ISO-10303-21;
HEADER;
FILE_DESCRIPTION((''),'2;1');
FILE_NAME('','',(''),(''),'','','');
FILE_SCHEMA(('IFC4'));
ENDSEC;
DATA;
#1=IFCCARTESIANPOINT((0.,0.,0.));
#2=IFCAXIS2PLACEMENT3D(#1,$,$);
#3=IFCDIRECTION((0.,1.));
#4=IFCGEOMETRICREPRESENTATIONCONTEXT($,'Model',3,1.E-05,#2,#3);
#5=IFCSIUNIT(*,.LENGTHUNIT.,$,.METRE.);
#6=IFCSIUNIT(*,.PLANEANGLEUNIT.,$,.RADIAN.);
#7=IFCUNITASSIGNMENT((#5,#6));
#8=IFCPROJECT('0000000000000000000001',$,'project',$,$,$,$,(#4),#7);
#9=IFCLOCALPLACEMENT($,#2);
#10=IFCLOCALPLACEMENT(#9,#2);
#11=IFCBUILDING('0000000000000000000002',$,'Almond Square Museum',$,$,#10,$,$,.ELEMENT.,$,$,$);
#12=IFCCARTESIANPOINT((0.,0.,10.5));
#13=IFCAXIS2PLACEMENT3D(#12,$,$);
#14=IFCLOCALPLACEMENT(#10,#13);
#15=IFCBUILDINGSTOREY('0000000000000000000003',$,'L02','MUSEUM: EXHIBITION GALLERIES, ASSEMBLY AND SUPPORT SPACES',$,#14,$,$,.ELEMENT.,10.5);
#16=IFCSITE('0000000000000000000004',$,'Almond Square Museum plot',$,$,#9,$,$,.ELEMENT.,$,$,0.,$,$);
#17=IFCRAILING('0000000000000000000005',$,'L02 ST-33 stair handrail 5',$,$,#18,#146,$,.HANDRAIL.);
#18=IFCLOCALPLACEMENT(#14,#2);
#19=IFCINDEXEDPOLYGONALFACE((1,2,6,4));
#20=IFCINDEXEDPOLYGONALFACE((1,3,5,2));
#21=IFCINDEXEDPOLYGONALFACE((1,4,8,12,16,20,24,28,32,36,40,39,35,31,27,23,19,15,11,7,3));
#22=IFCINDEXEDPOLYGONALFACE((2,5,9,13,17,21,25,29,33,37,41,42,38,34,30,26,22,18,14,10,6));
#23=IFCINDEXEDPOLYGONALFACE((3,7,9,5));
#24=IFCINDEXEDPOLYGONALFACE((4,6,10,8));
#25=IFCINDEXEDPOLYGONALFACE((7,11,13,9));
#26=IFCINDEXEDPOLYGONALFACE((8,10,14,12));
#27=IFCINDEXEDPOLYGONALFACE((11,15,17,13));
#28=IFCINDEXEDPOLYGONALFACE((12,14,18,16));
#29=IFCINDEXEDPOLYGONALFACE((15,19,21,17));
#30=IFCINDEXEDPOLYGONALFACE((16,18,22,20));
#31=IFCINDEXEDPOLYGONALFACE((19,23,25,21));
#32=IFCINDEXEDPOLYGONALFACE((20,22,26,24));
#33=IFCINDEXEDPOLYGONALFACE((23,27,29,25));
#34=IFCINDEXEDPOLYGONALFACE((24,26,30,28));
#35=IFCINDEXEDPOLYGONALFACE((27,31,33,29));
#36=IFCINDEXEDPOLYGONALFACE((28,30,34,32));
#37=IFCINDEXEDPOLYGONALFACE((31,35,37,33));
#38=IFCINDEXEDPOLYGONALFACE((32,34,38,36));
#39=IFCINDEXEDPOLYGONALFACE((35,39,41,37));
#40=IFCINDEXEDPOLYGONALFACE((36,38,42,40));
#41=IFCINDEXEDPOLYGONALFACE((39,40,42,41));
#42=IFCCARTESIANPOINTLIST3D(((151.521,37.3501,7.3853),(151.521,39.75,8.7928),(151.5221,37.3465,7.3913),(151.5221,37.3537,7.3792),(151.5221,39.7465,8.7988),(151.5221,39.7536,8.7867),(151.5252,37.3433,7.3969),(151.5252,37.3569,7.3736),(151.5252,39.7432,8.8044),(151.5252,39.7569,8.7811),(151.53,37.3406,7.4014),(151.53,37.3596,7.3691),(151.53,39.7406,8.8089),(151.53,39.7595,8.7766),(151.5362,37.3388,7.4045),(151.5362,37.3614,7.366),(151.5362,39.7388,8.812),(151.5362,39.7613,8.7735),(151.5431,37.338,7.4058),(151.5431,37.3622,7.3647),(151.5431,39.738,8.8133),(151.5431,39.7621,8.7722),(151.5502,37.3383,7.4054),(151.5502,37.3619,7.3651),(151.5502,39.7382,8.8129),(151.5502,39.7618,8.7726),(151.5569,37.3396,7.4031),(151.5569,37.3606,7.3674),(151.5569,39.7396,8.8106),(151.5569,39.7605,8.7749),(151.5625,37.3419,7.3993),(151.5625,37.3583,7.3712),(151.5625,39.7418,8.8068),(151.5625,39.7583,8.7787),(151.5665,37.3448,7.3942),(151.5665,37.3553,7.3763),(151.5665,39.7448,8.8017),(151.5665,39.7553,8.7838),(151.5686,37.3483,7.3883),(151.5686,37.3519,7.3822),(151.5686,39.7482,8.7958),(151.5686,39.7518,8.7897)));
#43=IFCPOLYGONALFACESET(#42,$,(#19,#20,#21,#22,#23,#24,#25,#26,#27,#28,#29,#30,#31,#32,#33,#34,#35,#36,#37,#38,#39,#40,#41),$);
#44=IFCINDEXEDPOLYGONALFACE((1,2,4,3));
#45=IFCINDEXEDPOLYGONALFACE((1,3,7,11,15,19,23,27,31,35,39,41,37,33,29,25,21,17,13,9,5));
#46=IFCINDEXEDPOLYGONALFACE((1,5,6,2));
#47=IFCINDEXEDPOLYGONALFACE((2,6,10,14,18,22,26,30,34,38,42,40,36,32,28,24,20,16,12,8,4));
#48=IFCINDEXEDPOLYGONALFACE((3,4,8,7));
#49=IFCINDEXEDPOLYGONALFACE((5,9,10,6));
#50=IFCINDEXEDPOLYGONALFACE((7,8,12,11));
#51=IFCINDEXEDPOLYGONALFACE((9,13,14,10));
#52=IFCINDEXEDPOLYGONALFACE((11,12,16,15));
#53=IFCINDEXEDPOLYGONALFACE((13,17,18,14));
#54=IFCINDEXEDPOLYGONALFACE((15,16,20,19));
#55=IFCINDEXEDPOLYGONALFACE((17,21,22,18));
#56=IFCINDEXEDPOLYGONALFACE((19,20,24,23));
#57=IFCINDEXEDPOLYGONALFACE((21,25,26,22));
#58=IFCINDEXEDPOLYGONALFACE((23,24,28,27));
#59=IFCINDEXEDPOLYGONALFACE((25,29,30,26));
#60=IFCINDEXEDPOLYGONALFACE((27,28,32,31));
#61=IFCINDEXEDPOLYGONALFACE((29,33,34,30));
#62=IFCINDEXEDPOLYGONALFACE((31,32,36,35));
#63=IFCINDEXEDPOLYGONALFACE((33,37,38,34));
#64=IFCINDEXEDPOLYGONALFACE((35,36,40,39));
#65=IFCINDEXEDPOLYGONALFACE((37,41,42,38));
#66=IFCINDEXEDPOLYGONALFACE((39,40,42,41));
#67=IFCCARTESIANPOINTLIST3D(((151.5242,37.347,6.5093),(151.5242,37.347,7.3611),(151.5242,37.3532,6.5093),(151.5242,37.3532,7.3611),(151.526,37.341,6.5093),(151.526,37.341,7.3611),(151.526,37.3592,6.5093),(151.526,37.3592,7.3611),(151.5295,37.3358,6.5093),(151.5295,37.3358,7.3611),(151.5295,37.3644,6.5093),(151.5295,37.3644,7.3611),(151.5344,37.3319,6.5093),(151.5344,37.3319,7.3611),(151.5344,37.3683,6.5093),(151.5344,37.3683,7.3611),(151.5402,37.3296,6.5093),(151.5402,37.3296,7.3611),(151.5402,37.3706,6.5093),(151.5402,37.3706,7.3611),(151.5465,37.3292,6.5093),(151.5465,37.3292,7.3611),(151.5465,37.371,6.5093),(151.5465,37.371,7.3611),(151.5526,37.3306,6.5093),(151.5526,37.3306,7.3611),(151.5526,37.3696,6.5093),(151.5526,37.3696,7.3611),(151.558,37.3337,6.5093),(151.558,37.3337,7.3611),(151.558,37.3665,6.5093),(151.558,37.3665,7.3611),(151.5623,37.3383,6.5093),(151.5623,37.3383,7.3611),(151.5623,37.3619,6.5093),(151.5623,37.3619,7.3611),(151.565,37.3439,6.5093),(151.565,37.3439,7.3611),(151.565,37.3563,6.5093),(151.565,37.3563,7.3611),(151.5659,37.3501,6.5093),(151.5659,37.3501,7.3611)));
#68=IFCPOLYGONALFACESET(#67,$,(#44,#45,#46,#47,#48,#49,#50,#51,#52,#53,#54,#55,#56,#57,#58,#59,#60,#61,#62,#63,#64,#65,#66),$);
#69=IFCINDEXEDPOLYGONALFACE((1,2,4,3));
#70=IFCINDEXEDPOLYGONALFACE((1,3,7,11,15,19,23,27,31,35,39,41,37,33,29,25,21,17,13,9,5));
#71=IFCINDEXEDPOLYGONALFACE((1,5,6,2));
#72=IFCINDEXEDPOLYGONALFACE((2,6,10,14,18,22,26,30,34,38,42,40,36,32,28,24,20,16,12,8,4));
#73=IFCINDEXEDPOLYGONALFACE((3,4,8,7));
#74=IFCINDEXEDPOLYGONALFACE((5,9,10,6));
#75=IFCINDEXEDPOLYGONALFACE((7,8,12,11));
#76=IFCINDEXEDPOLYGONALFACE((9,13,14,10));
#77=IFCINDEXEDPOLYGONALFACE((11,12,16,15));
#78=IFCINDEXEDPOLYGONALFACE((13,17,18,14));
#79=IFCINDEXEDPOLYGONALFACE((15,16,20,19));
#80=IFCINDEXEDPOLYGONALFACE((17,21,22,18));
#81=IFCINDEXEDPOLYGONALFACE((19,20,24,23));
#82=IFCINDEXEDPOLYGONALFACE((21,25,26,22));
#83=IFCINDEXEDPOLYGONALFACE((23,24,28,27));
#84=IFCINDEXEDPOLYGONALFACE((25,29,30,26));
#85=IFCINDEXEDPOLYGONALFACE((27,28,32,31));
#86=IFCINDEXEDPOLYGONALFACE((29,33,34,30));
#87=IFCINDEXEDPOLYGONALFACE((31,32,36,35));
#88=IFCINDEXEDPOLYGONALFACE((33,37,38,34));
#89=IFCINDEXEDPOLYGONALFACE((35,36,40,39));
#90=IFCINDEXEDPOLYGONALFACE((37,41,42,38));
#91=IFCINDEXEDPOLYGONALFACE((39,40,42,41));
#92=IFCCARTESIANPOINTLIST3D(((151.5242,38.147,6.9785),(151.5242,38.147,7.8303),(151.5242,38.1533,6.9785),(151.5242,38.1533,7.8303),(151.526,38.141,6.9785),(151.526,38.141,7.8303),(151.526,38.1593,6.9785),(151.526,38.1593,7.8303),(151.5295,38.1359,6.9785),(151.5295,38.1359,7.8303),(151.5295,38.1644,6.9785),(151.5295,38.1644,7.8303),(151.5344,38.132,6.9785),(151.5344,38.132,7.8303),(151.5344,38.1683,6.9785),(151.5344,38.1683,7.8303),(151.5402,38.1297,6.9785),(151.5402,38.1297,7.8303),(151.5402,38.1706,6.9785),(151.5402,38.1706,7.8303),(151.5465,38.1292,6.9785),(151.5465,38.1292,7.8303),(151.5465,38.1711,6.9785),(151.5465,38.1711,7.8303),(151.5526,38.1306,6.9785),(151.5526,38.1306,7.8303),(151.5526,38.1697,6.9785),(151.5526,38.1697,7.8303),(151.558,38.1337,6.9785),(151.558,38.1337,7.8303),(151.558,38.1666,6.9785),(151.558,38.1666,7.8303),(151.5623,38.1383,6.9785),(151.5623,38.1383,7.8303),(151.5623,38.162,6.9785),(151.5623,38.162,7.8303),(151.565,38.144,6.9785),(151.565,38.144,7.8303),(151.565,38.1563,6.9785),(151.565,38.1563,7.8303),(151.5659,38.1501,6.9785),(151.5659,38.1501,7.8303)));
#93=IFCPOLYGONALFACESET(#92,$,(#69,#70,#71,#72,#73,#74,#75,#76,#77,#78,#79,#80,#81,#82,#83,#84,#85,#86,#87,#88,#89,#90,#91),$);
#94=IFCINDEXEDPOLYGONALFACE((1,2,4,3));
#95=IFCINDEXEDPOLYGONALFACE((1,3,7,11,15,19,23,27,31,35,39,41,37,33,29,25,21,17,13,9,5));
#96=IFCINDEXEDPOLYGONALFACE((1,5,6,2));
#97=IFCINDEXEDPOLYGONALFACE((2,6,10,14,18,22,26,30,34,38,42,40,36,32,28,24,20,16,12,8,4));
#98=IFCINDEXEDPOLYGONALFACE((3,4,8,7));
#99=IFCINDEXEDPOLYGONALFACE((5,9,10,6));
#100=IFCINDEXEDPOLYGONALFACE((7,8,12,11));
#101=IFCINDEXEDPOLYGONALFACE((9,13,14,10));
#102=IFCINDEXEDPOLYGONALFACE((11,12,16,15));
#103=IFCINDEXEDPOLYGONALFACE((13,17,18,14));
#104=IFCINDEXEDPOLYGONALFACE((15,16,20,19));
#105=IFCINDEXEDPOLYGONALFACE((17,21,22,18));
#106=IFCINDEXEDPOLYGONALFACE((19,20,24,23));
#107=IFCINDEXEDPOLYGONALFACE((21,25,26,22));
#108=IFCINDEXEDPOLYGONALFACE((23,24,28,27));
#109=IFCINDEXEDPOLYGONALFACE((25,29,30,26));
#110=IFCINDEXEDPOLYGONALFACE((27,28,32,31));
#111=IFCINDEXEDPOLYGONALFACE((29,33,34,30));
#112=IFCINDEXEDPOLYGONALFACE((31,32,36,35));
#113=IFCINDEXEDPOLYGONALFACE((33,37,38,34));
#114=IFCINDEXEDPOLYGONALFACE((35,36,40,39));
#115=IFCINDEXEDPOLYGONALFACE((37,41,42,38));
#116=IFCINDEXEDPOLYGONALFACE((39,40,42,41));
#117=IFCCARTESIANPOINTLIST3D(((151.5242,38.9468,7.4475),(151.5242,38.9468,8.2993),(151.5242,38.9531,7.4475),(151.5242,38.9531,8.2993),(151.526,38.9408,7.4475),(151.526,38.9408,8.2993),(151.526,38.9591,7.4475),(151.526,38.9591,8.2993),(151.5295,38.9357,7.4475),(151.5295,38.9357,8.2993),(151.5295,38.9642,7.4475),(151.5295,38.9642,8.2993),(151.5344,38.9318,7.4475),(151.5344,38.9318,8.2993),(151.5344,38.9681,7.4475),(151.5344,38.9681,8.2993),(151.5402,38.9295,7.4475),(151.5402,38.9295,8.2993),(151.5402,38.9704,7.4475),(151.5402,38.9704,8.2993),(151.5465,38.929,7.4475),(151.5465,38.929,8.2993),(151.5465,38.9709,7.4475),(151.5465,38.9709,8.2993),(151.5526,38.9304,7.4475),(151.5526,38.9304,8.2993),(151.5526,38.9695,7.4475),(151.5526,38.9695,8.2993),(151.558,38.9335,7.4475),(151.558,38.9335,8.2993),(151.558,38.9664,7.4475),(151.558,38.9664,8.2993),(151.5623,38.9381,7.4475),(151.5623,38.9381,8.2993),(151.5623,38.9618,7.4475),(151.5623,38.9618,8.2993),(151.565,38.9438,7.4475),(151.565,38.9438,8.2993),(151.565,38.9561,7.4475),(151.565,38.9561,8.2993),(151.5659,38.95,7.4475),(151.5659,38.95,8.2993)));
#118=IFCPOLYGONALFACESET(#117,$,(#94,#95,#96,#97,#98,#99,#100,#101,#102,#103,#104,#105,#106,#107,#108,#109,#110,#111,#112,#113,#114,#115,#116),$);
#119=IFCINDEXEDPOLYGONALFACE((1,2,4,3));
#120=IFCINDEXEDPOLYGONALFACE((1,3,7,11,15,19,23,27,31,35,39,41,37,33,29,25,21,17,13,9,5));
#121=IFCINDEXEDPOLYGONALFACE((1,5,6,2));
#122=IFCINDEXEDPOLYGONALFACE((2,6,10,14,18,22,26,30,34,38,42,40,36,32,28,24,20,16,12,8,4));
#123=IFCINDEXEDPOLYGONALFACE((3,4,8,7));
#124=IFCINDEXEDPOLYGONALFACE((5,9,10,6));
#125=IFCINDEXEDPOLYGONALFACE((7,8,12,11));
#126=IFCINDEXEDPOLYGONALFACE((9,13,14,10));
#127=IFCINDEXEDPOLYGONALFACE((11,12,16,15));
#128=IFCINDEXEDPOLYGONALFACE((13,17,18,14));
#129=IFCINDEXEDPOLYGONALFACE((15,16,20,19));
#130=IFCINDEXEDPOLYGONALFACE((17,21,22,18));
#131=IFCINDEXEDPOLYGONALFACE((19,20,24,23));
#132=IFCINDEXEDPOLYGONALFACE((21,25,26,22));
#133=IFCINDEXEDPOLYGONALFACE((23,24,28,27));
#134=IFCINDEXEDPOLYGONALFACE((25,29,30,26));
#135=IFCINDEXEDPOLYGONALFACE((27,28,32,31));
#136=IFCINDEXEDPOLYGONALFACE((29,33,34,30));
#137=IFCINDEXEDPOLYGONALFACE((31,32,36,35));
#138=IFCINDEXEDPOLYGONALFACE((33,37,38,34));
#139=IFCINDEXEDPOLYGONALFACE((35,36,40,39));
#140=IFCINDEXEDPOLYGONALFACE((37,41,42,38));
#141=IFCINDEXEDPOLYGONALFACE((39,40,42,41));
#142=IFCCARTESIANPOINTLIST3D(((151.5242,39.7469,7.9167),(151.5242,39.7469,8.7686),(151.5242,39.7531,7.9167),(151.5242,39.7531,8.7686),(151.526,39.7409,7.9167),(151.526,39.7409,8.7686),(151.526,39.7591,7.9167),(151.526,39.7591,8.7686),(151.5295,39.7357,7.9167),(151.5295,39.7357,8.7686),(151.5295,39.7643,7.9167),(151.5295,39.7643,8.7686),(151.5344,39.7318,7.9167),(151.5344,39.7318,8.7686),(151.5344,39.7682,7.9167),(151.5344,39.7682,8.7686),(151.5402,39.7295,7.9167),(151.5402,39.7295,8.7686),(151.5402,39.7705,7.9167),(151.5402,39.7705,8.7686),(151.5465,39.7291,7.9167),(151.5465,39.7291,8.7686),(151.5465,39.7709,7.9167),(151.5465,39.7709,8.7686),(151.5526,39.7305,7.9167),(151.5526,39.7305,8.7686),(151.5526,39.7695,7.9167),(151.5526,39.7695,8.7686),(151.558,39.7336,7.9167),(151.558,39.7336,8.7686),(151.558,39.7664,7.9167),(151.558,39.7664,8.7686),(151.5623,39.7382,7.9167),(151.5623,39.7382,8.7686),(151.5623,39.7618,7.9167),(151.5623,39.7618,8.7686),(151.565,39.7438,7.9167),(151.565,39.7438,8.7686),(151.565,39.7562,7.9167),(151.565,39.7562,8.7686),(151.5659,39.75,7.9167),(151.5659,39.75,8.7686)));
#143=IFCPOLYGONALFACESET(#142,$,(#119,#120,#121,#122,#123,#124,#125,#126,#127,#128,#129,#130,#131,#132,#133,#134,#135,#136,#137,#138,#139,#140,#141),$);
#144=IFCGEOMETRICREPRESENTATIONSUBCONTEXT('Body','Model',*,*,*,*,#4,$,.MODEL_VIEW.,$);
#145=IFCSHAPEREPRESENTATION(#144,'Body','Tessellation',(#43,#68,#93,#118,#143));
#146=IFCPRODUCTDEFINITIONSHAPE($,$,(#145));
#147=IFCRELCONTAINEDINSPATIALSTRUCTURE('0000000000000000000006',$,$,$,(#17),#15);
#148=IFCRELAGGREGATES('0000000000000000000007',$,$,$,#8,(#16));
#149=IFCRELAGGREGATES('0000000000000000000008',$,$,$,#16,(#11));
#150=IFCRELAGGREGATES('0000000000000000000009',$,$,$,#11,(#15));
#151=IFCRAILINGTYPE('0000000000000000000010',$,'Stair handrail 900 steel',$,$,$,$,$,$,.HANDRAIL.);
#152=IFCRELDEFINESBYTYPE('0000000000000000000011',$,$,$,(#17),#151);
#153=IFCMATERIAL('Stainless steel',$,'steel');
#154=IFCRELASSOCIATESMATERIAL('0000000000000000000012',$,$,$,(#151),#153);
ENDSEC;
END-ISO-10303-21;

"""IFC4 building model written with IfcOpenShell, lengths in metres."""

from ifc_helpers import new_model, si_unit, direction, frame, origin, origin_2d, place, context, subcontext, project, spatial, circle, extrude, material, type_object, element, save


model = new_model("IFC4")

# Units and contexts
model_context = context("Model", 3, precision=1e-05, world=origin(), true_north=direction((0.0, 1.0)))
body_context = subcontext(model_context, "Body", "Model", "MODEL_VIEW")
ifc_project = project(units=[si_unit("LENGTHUNIT", "METRE"), si_unit("PLANEANGLEUNIT", "RADIAN")], contexts=[model_context])

# Site, building, storey
site_placement = place(None, origin())
site = spatial("IfcSite", under=ifc_project, at=site_placement, Name="Almond Square Museum plot", CompositionType="ELEMENT", RefElevation=0.0)
building_placement = place(site_placement, origin())
building = spatial("IfcBuilding", under=site, at=building_placement, Name="Almond Square Museum", CompositionType="ELEMENT")
storey_placement = place(building_placement, frame((0.0, 0.0, 10.5)))
storey = spatial("IfcBuildingStorey", under=building, at=storey_placement, Name="L02", Description="MUSEUM: EXHIBITION GALLERIES, ASSEMBLY AND SUPPORT SPACES", CompositionType="ELEMENT", Elevation=10.5)

# Railing
ifc_material_1 = material(Name="Stainless steel", Category="steel")
railing_type_1 = type_object("IfcRailingType", Name="Stair handrail 900 steel", PredefinedType="HANDRAIL", material=ifc_material_1)
for number, where, name in (
    (1, (151.5449, 37.3501, 6.5093), "L02 ST-33 stair handrail 5"),
):
    element("IfcRailing", number, at=place(storey_placement, frame(where)), inside=storey, type_object=railing_type_1, Name=name, PredefinedType="HANDRAIL", context=body_context, shape_type="SweptSolid", body=[
        extrude(circle(Radius=0.0239, at=origin_2d()), frame((0.0, 0.0, 0.876), z_axis=(0.0, 0.862599, 0.505888), x_axis=(-1.0, 0.0, 0.0)), (0.0, 0.0, 1.0), 2.7822),
        extrude(circle(Radius=0.021, at=origin_2d()), origin(), (0.0, 0.0, 1.0), 0.8518),
        extrude(circle(Radius=0.021, at=origin_2d()), frame((0.0, 0.8, 0.4692)), (0.0, 0.0, 1.0), 0.8518),
        extrude(circle(Radius=0.021, at=origin_2d()), frame((0.0, 1.5999, 0.9382)), (0.0, 0.0, 1.0), 0.8518),
        extrude(circle(Radius=0.021, at=origin_2d()), frame((0.0, 2.3999, 1.4075)), (0.0, 0.0, 1.0), 0.8518),
    ])

save(model, "model.ifc")
